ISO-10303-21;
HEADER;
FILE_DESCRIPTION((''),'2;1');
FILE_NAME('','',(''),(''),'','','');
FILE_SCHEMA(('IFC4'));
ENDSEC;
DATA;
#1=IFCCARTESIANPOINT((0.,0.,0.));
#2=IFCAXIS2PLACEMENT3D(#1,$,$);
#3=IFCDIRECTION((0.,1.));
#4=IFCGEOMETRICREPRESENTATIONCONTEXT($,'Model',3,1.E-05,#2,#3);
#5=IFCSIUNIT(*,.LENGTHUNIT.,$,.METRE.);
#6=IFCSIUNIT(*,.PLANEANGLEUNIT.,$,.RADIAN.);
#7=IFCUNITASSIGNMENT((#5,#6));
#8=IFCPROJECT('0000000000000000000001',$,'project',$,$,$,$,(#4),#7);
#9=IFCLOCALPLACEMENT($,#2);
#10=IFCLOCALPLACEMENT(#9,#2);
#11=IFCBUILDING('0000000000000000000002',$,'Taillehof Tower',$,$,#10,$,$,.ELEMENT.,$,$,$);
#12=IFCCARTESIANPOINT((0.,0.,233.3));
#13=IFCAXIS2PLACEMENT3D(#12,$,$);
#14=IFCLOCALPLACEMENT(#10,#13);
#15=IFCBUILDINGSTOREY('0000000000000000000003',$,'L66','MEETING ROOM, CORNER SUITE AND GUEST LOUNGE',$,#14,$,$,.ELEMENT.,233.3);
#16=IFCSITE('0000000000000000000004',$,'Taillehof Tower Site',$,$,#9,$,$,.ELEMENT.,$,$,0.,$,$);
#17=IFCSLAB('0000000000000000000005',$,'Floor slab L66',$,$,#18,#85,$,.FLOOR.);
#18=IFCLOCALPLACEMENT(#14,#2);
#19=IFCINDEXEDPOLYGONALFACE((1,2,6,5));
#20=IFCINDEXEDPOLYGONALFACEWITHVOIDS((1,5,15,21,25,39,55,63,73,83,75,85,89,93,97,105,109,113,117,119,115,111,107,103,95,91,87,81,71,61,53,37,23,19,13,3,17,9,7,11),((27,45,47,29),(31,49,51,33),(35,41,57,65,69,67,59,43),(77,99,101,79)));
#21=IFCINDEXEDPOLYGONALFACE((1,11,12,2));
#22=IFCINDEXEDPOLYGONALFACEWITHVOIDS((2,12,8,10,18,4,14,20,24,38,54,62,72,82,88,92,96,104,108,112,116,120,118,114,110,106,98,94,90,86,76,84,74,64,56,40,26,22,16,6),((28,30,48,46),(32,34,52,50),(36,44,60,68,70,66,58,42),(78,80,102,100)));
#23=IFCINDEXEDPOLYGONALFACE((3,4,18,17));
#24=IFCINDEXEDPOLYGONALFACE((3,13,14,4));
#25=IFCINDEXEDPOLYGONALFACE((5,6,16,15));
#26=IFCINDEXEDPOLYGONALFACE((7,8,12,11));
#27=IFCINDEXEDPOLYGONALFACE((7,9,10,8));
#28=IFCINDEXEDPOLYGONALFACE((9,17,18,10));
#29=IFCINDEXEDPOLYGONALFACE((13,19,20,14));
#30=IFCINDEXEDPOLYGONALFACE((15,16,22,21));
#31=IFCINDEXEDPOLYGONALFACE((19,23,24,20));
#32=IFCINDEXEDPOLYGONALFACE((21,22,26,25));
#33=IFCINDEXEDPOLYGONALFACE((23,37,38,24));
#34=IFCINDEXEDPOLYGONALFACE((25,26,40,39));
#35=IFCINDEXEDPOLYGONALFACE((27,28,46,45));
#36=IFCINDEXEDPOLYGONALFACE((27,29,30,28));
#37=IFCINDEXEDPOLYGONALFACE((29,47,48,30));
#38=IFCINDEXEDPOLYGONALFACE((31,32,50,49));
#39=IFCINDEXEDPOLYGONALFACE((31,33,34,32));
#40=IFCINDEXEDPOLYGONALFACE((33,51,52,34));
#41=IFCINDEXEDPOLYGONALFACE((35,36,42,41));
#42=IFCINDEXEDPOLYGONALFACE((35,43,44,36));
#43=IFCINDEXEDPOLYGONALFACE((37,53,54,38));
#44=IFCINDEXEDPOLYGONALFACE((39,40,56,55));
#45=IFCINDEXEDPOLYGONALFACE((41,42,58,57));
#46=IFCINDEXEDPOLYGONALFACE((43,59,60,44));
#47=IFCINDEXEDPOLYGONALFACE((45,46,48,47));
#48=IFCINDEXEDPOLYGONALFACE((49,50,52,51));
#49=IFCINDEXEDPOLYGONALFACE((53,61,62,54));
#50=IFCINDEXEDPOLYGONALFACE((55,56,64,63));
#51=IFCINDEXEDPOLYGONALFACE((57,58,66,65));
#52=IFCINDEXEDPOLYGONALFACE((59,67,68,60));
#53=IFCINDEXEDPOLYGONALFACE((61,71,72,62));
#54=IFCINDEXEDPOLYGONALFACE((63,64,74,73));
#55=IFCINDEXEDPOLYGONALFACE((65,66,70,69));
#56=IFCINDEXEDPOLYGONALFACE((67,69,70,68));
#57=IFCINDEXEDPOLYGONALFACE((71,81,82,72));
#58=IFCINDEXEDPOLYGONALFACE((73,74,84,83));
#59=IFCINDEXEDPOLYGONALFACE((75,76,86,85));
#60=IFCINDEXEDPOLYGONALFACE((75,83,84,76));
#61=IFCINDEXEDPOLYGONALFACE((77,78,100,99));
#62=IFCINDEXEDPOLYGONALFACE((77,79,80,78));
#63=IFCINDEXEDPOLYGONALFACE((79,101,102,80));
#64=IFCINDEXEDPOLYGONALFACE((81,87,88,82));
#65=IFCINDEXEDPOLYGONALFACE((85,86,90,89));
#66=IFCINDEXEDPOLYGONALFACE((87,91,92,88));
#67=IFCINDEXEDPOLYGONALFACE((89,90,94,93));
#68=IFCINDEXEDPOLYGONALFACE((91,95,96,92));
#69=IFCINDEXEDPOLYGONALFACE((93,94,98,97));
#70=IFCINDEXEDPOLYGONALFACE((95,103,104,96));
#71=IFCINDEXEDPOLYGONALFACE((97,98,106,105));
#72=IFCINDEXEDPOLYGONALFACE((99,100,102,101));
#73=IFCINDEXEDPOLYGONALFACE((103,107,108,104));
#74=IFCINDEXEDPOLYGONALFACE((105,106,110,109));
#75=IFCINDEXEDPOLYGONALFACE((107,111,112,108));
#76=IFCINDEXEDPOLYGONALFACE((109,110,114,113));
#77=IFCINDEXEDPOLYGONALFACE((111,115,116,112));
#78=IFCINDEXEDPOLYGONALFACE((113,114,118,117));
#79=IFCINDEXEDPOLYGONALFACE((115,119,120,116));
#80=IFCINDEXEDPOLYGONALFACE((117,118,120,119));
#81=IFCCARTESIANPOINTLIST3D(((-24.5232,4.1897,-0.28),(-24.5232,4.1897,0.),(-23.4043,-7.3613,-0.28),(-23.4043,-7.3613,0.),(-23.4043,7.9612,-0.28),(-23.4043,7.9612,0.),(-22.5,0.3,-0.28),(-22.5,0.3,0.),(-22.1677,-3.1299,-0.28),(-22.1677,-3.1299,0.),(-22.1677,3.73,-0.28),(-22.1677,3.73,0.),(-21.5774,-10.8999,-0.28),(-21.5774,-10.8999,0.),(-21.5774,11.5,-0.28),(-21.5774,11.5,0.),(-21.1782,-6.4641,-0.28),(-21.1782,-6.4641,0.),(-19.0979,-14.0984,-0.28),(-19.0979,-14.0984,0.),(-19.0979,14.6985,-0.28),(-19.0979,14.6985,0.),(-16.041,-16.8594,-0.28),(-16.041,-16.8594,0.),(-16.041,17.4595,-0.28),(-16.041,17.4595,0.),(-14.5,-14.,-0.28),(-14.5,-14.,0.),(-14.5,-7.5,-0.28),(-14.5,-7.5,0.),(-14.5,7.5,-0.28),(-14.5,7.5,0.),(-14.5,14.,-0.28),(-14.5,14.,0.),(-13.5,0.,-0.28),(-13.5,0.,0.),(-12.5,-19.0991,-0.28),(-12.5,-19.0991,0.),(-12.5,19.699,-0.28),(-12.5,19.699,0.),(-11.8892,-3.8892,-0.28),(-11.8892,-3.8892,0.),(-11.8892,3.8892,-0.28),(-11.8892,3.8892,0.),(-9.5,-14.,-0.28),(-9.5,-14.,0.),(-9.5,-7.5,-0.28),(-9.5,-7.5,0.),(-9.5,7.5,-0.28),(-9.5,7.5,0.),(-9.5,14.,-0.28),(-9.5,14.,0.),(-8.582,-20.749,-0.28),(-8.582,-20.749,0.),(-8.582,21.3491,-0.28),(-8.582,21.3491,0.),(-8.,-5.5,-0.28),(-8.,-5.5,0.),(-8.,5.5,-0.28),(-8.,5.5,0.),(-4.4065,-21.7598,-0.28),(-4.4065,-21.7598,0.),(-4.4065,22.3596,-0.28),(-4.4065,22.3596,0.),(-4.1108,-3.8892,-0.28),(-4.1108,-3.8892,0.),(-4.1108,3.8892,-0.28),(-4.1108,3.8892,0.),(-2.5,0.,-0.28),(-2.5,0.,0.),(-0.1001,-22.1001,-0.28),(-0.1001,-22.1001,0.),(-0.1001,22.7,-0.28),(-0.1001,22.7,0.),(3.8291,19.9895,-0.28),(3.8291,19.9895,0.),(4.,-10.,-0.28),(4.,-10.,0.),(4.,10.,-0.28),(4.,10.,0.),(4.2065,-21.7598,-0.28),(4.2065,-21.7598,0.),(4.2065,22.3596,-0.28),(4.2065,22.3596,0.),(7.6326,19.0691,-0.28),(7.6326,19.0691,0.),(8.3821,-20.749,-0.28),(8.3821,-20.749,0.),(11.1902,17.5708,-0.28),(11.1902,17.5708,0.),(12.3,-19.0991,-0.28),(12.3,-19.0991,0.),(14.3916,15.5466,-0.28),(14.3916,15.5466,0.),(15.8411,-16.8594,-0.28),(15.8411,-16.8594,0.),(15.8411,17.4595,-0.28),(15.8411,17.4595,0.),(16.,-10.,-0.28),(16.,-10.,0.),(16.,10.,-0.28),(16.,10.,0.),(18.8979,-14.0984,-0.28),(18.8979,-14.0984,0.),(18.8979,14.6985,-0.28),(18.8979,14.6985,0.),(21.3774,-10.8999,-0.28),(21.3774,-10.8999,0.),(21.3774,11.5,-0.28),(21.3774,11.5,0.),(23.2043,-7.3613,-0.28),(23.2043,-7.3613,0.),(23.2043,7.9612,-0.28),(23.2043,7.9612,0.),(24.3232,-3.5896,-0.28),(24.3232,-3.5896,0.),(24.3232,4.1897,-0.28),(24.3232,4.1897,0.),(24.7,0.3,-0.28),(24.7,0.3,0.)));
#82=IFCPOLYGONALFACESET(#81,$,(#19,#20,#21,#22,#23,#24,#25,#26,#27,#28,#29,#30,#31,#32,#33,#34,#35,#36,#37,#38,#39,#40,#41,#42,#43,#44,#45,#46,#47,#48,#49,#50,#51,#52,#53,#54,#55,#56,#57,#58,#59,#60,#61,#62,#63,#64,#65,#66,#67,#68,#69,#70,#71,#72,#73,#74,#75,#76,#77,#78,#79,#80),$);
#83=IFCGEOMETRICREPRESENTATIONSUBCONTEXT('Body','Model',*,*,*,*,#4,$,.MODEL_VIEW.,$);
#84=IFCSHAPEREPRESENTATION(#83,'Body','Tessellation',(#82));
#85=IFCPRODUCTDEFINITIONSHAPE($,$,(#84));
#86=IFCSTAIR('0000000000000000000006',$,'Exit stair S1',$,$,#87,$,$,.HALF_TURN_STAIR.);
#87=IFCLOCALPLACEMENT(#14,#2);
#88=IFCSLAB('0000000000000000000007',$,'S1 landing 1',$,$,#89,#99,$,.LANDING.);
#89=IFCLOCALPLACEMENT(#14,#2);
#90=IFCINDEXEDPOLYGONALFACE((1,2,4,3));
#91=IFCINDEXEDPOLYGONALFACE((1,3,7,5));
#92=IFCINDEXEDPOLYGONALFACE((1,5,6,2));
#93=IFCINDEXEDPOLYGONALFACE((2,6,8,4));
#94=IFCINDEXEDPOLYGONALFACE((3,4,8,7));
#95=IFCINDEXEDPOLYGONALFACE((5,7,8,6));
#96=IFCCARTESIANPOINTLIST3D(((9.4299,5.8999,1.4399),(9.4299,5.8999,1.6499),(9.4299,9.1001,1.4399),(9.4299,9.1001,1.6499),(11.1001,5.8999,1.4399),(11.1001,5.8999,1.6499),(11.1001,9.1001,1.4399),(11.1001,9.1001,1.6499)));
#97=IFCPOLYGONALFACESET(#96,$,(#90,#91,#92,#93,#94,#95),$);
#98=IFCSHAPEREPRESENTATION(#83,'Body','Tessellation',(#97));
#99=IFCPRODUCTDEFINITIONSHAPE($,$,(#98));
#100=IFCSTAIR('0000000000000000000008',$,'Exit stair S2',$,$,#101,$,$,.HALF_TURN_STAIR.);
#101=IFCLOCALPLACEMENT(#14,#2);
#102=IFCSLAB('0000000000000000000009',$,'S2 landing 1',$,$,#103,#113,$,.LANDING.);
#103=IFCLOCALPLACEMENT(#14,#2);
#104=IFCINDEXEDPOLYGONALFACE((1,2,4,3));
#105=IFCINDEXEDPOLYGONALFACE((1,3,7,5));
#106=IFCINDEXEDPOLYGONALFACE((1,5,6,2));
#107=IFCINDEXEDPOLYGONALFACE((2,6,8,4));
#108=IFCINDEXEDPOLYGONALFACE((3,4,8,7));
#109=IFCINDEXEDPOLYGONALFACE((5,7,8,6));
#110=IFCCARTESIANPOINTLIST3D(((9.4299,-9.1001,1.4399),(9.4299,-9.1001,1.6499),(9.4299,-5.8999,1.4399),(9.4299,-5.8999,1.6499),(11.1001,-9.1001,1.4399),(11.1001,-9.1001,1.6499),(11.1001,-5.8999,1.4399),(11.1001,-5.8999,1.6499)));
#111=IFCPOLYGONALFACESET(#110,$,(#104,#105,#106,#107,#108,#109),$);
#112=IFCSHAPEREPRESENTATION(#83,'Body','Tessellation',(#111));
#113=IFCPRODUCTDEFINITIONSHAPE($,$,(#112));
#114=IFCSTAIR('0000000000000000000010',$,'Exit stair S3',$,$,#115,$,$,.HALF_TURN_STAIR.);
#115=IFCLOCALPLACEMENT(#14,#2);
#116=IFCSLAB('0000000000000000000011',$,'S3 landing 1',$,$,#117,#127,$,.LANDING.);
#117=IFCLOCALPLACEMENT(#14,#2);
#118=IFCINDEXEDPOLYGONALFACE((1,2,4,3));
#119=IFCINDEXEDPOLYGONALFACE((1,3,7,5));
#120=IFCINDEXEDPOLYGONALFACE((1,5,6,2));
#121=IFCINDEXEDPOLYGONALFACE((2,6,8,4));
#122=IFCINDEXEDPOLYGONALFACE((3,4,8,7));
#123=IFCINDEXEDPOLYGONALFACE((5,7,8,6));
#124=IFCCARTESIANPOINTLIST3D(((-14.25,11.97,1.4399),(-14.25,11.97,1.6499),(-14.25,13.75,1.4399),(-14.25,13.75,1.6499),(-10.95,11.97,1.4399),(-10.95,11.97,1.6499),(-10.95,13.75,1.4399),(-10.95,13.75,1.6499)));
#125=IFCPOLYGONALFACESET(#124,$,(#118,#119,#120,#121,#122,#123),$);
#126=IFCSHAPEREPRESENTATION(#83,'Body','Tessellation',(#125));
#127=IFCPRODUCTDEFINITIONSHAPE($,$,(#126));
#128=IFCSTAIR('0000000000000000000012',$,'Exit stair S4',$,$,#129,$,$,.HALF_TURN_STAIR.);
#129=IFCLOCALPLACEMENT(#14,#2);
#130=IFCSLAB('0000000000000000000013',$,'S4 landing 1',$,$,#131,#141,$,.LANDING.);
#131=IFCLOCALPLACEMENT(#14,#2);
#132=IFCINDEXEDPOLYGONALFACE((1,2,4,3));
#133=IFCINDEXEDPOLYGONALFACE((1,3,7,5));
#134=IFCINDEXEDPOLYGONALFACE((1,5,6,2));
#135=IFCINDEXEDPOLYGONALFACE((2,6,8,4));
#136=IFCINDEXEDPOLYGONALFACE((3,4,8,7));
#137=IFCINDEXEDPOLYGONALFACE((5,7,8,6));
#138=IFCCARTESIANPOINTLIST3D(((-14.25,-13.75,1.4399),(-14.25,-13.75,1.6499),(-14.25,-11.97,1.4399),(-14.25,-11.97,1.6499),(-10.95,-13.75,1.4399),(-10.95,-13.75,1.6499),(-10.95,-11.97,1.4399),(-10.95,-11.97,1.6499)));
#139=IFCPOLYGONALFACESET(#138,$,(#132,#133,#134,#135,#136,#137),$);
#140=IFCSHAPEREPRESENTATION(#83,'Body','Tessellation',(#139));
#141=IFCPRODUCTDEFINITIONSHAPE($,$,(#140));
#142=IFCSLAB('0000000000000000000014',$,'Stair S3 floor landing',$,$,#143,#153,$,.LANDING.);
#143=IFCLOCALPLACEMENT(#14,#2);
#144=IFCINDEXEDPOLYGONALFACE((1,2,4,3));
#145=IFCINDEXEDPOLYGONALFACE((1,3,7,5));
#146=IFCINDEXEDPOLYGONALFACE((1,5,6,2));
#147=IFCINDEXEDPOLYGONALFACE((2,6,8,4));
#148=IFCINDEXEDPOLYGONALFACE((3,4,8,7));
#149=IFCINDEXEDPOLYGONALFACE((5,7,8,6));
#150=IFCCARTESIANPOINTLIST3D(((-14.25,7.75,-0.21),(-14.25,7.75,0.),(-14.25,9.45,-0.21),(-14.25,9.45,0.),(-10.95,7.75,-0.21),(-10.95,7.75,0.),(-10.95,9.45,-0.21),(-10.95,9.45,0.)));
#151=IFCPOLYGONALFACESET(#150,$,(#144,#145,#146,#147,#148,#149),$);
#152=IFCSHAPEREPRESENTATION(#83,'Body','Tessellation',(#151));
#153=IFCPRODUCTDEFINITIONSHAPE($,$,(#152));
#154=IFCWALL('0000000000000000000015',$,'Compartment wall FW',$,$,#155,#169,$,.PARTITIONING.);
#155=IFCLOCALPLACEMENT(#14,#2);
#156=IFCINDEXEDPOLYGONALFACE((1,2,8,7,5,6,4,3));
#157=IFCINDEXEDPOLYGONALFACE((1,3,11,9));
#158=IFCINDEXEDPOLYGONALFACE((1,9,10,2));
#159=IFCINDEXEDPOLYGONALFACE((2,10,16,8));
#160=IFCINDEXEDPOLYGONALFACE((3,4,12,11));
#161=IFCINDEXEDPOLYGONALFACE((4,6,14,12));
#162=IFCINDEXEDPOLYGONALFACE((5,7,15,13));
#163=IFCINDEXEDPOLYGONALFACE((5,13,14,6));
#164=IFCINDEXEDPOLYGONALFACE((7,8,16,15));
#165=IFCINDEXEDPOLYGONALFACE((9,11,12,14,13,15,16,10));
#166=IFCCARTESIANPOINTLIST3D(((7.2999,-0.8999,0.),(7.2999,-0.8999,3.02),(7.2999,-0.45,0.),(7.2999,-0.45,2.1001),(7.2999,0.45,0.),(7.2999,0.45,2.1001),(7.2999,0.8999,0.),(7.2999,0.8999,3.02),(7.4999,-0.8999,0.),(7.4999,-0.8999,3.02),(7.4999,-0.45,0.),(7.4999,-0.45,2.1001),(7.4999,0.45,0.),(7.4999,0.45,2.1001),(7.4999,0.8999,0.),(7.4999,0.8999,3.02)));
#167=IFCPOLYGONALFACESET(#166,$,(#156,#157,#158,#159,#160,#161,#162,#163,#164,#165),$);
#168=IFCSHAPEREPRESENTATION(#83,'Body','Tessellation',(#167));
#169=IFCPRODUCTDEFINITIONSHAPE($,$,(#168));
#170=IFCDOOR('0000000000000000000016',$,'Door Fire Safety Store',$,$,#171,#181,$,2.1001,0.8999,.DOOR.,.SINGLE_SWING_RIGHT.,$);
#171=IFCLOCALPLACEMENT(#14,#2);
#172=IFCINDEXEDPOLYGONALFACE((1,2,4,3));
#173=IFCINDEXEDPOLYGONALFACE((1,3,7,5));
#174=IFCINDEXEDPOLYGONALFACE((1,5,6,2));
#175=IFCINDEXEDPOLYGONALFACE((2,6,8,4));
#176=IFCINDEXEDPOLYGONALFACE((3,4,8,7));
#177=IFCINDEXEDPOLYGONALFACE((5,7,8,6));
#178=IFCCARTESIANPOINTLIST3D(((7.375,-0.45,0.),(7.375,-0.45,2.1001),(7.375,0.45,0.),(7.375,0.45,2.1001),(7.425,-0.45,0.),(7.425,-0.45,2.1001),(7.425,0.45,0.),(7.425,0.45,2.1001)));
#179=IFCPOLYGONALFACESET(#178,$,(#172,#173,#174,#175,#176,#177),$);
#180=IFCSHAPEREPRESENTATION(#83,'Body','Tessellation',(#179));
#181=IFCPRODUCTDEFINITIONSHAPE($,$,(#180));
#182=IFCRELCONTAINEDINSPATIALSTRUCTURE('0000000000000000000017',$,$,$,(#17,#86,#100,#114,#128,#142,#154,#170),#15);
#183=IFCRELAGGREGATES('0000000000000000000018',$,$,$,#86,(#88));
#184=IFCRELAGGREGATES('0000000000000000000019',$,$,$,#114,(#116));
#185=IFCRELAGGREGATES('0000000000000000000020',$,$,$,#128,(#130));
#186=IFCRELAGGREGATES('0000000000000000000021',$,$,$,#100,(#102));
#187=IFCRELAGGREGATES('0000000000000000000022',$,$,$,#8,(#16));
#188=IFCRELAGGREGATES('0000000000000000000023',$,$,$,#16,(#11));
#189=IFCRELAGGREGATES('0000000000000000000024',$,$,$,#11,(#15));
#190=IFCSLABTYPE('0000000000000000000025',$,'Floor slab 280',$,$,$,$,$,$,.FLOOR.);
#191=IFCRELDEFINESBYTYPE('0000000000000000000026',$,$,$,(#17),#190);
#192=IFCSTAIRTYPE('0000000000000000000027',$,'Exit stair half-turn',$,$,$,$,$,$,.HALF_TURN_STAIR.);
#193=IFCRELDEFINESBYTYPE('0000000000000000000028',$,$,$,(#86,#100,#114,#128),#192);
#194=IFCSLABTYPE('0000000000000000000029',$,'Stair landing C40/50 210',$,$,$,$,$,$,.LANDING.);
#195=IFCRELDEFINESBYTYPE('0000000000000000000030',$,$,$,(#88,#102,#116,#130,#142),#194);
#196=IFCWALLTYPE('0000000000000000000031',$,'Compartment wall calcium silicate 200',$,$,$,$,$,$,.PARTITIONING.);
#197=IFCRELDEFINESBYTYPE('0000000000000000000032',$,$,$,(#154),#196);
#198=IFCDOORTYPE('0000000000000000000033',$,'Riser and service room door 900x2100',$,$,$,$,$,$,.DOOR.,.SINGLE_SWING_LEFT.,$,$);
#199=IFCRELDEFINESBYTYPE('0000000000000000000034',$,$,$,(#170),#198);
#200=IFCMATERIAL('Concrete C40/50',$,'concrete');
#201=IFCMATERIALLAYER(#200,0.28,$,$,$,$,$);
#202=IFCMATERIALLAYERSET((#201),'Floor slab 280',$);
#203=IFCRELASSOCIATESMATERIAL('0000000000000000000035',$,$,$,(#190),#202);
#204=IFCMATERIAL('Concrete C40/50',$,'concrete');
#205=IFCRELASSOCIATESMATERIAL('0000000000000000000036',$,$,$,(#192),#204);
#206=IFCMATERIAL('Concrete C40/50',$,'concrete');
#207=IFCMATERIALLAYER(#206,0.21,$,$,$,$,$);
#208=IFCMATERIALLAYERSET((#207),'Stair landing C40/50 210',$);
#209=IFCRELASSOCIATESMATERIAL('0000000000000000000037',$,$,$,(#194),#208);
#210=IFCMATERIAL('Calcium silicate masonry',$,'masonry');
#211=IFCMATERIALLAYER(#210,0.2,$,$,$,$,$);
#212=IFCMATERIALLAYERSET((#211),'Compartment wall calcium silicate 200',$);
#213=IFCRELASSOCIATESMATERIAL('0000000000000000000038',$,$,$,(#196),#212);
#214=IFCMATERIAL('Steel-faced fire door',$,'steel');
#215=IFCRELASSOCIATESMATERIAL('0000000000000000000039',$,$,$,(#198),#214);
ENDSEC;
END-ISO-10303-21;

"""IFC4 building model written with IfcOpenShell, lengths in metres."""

from ifc_helpers import new_model, si_unit, direction, frame, frame_2d, origin, place, context, subcontext, project, spatial, polyline, rectangle, outline, extrude, material, layer, layer_set, type_object, element, fill, aggregate, save


model = new_model("IFC4")

# Units and contexts
model_context = context("Model", 3, precision=1e-05, world=origin(), true_north=direction((0.0, 1.0)))
body_context = subcontext(model_context, "Body", "Model", "MODEL_VIEW")
ifc_project = project(units=[si_unit("LENGTHUNIT", "METRE"), si_unit("PLANEANGLEUNIT", "RADIAN")], contexts=[model_context])

# Site, building, storey
site_placement = place(None, origin())
site = spatial("IfcSite", under=ifc_project, at=site_placement, Name="Taillehof Tower Site", CompositionType="ELEMENT", RefElevation=0.0)
building_placement = place(site_placement, origin())
building = spatial("IfcBuilding", under=site, at=building_placement, Name="Taillehof Tower", CompositionType="ELEMENT")
storey_placement = place(building_placement, frame((0.0, 0.0, 233.3)))
storey = spatial("IfcBuildingStorey", under=building, at=storey_placement, Name="L66", Description="MEETING ROOM, CORNER SUITE AND GUEST LOUNGE", CompositionType="ELEMENT", Elevation=233.3)

# Slab
ifc_material_1 = material(Name="Concrete C40/50", Category="concrete")
ifc_layer_1 = layer(ifc_material_1, 0.28)
ifc_layer_set_1 = layer_set([ifc_layer_1], Name="Floor slab 280")
slab_type_1 = type_object("IfcSlabType", Name="Floor slab 280", PredefinedType="FLOOR", material=ifc_layer_set_1)
slab_1_placement = place(storey_placement, frame((0.0, 0.0, -0.28)))
element("IfcSlab", 1, at=slab_1_placement, inside=storey, type_object=slab_type_1, Name="Floor slab L66", PredefinedType="FLOOR", context=body_context, shape_type="SweptSolid", body=[
    extrude(outline(polyline([(24.7, 0.3), (24.3232, 4.1897), (23.2043, 7.9612), (21.3774, 11.5), (18.8979, 14.6985), (15.8411, 17.4595), (14.3916, 15.5466), (11.1902, 17.5708), (7.6326, 19.0691), (3.8291, 19.9895), (4.2065, 22.3596), (-0.1001, 22.7), (-4.4065, 22.3596), (-8.582, 21.3491), (-12.5, 19.699), (-16.041, 17.4595), (-19.0979, 14.6985), (-21.5774, 11.5), (-23.4043, 7.9612), (-24.5232, 4.1897), (-22.1677, 3.73), (-22.5, 0.3), (-22.1677, -3.1299), (-21.1782, -6.4641), (-23.4043, -7.3613), (-21.5774, -10.8999), (-19.0979, -14.0984), (-16.041, -16.8594), (-12.5, -19.0991), (-8.582, -20.749), (-4.4065, -21.7598), (-0.1001, -22.1001), (4.2065, -21.7598), (8.3821, -20.749), (12.3, -19.0991), (15.8411, -16.8594), (18.8979, -14.0984), (21.3774, -10.8999), (23.2043, -7.3613), (24.3232, -3.5896), (24.7, 0.3)]), holes=[polyline([(-14.5, -7.5), (-9.5, -7.5), (-9.5, -14.0), (-14.5, -14.0), (-14.5, -7.5)]), polyline([(-8.0, -5.5), (-11.8892, -3.8892), (-13.5, 0.0), (-11.8892, 3.8892), (-8.0, 5.5), (-4.1108, 3.8892), (-2.5, 0.0), (-4.1108, -3.8892), (-8.0, -5.5)]), polyline([(16.0, 10.0), (16.0, -10.0), (4.0, -10.0), (4.0, 10.0), (16.0, 10.0)]), polyline([(-14.5, 14.0), (-9.5, 14.0), (-9.5, 7.5), (-14.5, 7.5), (-14.5, 14.0)])]), origin(), (0.0, 0.0, 1.0), 0.28),
])

# Stairs, slabs
ifc_material_2 = material(Name="Concrete C40/50", Category="concrete")
stair_type = type_object("IfcStairType", Name="Exit stair half-turn", PredefinedType="HALF_TURN_STAIR", material=ifc_material_2)
stair_1_placement = place(storey_placement, origin())
stair_1 = element("IfcStair", 2, at=stair_1_placement, inside=storey, type_object=stair_type, Name="Exit stair S1", PredefinedType="HALF_TURN_STAIR")
ifc_material_3 = material(Name="Concrete C40/50", Category="concrete")
ifc_layer_2 = layer(ifc_material_3, 0.21)
ifc_layer_set_2 = layer_set([ifc_layer_2], Name="Stair landing C40/50 210")
slab_type_2 = type_object("IfcSlabType", Name="Stair landing C40/50 210", PredefinedType="LANDING", material=ifc_layer_set_2)
slab_2_placement = place(storey_placement, frame((0.0, 0.0, 1.4399)))
slab_2 = element("IfcSlab", 3, at=slab_2_placement, type_object=slab_type_2, Name="S1 landing 1", PredefinedType="LANDING", context=body_context, shape_type="SweptSolid", body=[
    extrude(outline(polyline([(9.4299, 5.8999), (11.1001, 5.8999), (11.1001, 9.1001), (9.4299, 9.1001), (9.4299, 5.8999)])), origin(), (0.0, 0.0, 1.0), 0.21),
])
aggregate(stair_1, [slab_2])
stair_2_placement = place(storey_placement, origin())
stair_2 = element("IfcStair", 4, at=stair_2_placement, inside=storey, type_object=stair_type, Name="Exit stair S2", PredefinedType="HALF_TURN_STAIR")
slab_3_placement = place(storey_placement, frame((0.0, 0.0, 1.4399)))
slab_3 = element("IfcSlab", 5, at=slab_3_placement, type_object=slab_type_2, Name="S2 landing 1", PredefinedType="LANDING", context=body_context, shape_type="SweptSolid", body=[
    extrude(outline(polyline([(9.4299, -5.8999), (11.1001, -5.8999), (11.1001, -9.1001), (9.4299, -9.1001), (9.4299, -5.8999)])), origin(), (0.0, 0.0, 1.0), 0.21),
])
stair_3_placement = place(storey_placement, origin())
stair_3 = element("IfcStair", 6, at=stair_3_placement, inside=storey, type_object=stair_type, Name="Exit stair S3", PredefinedType="HALF_TURN_STAIR")
slab_4_placement = place(storey_placement, frame((0.0, 0.0, 1.4399)))
slab_4 = element("IfcSlab", 7, at=slab_4_placement, type_object=slab_type_2, Name="S3 landing 1", PredefinedType="LANDING", context=body_context, shape_type="SweptSolid", body=[
    extrude(outline(polyline([(-14.25, 11.97), (-14.25, 13.75), (-10.95, 13.75), (-10.95, 11.97), (-14.25, 11.97)])), origin(), (0.0, 0.0, 1.0), 0.21),
])
aggregate(stair_3, [slab_4])
stair_4_placement = place(storey_placement, origin())
stair_4 = element("IfcStair", 8, at=stair_4_placement, inside=storey, type_object=stair_type, Name="Exit stair S4", PredefinedType="HALF_TURN_STAIR")
slab_5_placement = place(storey_placement, frame((0.0, 0.0, 1.4399)))
slab_5 = element("IfcSlab", 9, at=slab_5_placement, type_object=slab_type_2, Name="S4 landing 1", PredefinedType="LANDING", context=body_context, shape_type="SweptSolid", body=[
    extrude(outline(polyline([(-14.25, -11.97), (-14.25, -13.75), (-10.95, -13.75), (-10.95, -11.97), (-14.25, -11.97)])), origin(), (0.0, 0.0, 1.0), 0.21),
])
aggregate(stair_4, [slab_5])

# Slab
slab_6_placement = place(storey_placement, frame((0.0, 0.0, -0.21)))
element("IfcSlab", 10, at=slab_6_placement, inside=storey, type_object=slab_type_2, Name="Stair S3 floor landing", PredefinedType="LANDING", context=body_context, shape_type="SweptSolid", body=[
    extrude(outline(polyline([(-14.25, 7.75), (-14.25, 9.45), (-10.95, 9.45), (-10.95, 7.75), (-14.25, 7.75)])), origin(), (0.0, 0.0, 1.0), 0.21),
])

# Wall, opening, door
ifc_material_4 = material(Name="Calcium silicate masonry", Category="masonry")
ifc_layer_3 = layer(ifc_material_4, 0.2)
ifc_layer_set_3 = layer_set([ifc_layer_3], Name="Compartment wall calcium silicate 200")
wall_type_1 = type_object("IfcWallType", Name="Compartment wall calcium silicate 200", PredefinedType="PARTITIONING", material=ifc_layer_set_3)
wall_1_placement = place(storey_placement, frame((7.3999, -0.8999, 0.0), z_axis=(0.0, 0.0, 1.0), x_axis=(0.0, 1.0, 0.0)))
wall_1 = element("IfcWall", 11, at=wall_1_placement, inside=storey, type_object=wall_type_1, Name="Compartment wall FW", PredefinedType="PARTITIONING", context=body_context, shape_type="SweptSolid", body=[
    extrude(rectangle(XDim=1.7998, YDim=0.2, at=frame_2d((0.8999, 0.0))), origin(), (0.0, 0.0, 1.0), 3.02),
])
opening_1_placement = place(wall_1_placement, frame((0.45, 0.0, 0.0)))
opening_1 = element("IfcOpeningElement", 12, at=opening_1_placement, cuts=wall_1, PredefinedType="OPENING", context=body_context, shape_type="SweptSolid", body=[
    extrude(rectangle(XDim=0.8999, YDim=2.1001, at=frame_2d((0.45, 1.05))), frame((0.0, 0.1099, 0.0), z_axis=(0.0, -1.0, 0.0), x_axis=(1.0, 0.0, 0.0)), (0.0, 0.0, 1.0), 0.22),
])
ifc_material_5 = material(Name="Steel-faced fire door", Category="steel")
door_type_1 = type_object("IfcDoorType", Name="Riser and service room door 900x2100", OperationType="SINGLE_SWING_LEFT", PredefinedType="DOOR", material=ifc_material_5)
door_1_placement = place(opening_1_placement, origin())
door_1 = element("IfcDoor", 13, at=door_1_placement, inside=storey, type_object=door_type_1, Name="Door Fire Safety Store", OperationType="SINGLE_SWING_RIGHT", OverallHeight=2.1001, OverallWidth=0.8999, PredefinedType="DOOR", context=body_context, shape_type="SweptSolid", body=[
    extrude(rectangle(XDim=0.8999, YDim=2.1001, at=frame_2d((0.45, 1.05))), frame((0.0, 0.0249, 0.0), z_axis=(0.0, -1.0, 0.0), x_axis=(1.0, 0.0, 0.0)), (0.0, 0.0, 1.0), 0.05),
])
fill(opening_1, door_1)

aggregate(stair_2, [slab_3])

save(model, "model.ifc")
